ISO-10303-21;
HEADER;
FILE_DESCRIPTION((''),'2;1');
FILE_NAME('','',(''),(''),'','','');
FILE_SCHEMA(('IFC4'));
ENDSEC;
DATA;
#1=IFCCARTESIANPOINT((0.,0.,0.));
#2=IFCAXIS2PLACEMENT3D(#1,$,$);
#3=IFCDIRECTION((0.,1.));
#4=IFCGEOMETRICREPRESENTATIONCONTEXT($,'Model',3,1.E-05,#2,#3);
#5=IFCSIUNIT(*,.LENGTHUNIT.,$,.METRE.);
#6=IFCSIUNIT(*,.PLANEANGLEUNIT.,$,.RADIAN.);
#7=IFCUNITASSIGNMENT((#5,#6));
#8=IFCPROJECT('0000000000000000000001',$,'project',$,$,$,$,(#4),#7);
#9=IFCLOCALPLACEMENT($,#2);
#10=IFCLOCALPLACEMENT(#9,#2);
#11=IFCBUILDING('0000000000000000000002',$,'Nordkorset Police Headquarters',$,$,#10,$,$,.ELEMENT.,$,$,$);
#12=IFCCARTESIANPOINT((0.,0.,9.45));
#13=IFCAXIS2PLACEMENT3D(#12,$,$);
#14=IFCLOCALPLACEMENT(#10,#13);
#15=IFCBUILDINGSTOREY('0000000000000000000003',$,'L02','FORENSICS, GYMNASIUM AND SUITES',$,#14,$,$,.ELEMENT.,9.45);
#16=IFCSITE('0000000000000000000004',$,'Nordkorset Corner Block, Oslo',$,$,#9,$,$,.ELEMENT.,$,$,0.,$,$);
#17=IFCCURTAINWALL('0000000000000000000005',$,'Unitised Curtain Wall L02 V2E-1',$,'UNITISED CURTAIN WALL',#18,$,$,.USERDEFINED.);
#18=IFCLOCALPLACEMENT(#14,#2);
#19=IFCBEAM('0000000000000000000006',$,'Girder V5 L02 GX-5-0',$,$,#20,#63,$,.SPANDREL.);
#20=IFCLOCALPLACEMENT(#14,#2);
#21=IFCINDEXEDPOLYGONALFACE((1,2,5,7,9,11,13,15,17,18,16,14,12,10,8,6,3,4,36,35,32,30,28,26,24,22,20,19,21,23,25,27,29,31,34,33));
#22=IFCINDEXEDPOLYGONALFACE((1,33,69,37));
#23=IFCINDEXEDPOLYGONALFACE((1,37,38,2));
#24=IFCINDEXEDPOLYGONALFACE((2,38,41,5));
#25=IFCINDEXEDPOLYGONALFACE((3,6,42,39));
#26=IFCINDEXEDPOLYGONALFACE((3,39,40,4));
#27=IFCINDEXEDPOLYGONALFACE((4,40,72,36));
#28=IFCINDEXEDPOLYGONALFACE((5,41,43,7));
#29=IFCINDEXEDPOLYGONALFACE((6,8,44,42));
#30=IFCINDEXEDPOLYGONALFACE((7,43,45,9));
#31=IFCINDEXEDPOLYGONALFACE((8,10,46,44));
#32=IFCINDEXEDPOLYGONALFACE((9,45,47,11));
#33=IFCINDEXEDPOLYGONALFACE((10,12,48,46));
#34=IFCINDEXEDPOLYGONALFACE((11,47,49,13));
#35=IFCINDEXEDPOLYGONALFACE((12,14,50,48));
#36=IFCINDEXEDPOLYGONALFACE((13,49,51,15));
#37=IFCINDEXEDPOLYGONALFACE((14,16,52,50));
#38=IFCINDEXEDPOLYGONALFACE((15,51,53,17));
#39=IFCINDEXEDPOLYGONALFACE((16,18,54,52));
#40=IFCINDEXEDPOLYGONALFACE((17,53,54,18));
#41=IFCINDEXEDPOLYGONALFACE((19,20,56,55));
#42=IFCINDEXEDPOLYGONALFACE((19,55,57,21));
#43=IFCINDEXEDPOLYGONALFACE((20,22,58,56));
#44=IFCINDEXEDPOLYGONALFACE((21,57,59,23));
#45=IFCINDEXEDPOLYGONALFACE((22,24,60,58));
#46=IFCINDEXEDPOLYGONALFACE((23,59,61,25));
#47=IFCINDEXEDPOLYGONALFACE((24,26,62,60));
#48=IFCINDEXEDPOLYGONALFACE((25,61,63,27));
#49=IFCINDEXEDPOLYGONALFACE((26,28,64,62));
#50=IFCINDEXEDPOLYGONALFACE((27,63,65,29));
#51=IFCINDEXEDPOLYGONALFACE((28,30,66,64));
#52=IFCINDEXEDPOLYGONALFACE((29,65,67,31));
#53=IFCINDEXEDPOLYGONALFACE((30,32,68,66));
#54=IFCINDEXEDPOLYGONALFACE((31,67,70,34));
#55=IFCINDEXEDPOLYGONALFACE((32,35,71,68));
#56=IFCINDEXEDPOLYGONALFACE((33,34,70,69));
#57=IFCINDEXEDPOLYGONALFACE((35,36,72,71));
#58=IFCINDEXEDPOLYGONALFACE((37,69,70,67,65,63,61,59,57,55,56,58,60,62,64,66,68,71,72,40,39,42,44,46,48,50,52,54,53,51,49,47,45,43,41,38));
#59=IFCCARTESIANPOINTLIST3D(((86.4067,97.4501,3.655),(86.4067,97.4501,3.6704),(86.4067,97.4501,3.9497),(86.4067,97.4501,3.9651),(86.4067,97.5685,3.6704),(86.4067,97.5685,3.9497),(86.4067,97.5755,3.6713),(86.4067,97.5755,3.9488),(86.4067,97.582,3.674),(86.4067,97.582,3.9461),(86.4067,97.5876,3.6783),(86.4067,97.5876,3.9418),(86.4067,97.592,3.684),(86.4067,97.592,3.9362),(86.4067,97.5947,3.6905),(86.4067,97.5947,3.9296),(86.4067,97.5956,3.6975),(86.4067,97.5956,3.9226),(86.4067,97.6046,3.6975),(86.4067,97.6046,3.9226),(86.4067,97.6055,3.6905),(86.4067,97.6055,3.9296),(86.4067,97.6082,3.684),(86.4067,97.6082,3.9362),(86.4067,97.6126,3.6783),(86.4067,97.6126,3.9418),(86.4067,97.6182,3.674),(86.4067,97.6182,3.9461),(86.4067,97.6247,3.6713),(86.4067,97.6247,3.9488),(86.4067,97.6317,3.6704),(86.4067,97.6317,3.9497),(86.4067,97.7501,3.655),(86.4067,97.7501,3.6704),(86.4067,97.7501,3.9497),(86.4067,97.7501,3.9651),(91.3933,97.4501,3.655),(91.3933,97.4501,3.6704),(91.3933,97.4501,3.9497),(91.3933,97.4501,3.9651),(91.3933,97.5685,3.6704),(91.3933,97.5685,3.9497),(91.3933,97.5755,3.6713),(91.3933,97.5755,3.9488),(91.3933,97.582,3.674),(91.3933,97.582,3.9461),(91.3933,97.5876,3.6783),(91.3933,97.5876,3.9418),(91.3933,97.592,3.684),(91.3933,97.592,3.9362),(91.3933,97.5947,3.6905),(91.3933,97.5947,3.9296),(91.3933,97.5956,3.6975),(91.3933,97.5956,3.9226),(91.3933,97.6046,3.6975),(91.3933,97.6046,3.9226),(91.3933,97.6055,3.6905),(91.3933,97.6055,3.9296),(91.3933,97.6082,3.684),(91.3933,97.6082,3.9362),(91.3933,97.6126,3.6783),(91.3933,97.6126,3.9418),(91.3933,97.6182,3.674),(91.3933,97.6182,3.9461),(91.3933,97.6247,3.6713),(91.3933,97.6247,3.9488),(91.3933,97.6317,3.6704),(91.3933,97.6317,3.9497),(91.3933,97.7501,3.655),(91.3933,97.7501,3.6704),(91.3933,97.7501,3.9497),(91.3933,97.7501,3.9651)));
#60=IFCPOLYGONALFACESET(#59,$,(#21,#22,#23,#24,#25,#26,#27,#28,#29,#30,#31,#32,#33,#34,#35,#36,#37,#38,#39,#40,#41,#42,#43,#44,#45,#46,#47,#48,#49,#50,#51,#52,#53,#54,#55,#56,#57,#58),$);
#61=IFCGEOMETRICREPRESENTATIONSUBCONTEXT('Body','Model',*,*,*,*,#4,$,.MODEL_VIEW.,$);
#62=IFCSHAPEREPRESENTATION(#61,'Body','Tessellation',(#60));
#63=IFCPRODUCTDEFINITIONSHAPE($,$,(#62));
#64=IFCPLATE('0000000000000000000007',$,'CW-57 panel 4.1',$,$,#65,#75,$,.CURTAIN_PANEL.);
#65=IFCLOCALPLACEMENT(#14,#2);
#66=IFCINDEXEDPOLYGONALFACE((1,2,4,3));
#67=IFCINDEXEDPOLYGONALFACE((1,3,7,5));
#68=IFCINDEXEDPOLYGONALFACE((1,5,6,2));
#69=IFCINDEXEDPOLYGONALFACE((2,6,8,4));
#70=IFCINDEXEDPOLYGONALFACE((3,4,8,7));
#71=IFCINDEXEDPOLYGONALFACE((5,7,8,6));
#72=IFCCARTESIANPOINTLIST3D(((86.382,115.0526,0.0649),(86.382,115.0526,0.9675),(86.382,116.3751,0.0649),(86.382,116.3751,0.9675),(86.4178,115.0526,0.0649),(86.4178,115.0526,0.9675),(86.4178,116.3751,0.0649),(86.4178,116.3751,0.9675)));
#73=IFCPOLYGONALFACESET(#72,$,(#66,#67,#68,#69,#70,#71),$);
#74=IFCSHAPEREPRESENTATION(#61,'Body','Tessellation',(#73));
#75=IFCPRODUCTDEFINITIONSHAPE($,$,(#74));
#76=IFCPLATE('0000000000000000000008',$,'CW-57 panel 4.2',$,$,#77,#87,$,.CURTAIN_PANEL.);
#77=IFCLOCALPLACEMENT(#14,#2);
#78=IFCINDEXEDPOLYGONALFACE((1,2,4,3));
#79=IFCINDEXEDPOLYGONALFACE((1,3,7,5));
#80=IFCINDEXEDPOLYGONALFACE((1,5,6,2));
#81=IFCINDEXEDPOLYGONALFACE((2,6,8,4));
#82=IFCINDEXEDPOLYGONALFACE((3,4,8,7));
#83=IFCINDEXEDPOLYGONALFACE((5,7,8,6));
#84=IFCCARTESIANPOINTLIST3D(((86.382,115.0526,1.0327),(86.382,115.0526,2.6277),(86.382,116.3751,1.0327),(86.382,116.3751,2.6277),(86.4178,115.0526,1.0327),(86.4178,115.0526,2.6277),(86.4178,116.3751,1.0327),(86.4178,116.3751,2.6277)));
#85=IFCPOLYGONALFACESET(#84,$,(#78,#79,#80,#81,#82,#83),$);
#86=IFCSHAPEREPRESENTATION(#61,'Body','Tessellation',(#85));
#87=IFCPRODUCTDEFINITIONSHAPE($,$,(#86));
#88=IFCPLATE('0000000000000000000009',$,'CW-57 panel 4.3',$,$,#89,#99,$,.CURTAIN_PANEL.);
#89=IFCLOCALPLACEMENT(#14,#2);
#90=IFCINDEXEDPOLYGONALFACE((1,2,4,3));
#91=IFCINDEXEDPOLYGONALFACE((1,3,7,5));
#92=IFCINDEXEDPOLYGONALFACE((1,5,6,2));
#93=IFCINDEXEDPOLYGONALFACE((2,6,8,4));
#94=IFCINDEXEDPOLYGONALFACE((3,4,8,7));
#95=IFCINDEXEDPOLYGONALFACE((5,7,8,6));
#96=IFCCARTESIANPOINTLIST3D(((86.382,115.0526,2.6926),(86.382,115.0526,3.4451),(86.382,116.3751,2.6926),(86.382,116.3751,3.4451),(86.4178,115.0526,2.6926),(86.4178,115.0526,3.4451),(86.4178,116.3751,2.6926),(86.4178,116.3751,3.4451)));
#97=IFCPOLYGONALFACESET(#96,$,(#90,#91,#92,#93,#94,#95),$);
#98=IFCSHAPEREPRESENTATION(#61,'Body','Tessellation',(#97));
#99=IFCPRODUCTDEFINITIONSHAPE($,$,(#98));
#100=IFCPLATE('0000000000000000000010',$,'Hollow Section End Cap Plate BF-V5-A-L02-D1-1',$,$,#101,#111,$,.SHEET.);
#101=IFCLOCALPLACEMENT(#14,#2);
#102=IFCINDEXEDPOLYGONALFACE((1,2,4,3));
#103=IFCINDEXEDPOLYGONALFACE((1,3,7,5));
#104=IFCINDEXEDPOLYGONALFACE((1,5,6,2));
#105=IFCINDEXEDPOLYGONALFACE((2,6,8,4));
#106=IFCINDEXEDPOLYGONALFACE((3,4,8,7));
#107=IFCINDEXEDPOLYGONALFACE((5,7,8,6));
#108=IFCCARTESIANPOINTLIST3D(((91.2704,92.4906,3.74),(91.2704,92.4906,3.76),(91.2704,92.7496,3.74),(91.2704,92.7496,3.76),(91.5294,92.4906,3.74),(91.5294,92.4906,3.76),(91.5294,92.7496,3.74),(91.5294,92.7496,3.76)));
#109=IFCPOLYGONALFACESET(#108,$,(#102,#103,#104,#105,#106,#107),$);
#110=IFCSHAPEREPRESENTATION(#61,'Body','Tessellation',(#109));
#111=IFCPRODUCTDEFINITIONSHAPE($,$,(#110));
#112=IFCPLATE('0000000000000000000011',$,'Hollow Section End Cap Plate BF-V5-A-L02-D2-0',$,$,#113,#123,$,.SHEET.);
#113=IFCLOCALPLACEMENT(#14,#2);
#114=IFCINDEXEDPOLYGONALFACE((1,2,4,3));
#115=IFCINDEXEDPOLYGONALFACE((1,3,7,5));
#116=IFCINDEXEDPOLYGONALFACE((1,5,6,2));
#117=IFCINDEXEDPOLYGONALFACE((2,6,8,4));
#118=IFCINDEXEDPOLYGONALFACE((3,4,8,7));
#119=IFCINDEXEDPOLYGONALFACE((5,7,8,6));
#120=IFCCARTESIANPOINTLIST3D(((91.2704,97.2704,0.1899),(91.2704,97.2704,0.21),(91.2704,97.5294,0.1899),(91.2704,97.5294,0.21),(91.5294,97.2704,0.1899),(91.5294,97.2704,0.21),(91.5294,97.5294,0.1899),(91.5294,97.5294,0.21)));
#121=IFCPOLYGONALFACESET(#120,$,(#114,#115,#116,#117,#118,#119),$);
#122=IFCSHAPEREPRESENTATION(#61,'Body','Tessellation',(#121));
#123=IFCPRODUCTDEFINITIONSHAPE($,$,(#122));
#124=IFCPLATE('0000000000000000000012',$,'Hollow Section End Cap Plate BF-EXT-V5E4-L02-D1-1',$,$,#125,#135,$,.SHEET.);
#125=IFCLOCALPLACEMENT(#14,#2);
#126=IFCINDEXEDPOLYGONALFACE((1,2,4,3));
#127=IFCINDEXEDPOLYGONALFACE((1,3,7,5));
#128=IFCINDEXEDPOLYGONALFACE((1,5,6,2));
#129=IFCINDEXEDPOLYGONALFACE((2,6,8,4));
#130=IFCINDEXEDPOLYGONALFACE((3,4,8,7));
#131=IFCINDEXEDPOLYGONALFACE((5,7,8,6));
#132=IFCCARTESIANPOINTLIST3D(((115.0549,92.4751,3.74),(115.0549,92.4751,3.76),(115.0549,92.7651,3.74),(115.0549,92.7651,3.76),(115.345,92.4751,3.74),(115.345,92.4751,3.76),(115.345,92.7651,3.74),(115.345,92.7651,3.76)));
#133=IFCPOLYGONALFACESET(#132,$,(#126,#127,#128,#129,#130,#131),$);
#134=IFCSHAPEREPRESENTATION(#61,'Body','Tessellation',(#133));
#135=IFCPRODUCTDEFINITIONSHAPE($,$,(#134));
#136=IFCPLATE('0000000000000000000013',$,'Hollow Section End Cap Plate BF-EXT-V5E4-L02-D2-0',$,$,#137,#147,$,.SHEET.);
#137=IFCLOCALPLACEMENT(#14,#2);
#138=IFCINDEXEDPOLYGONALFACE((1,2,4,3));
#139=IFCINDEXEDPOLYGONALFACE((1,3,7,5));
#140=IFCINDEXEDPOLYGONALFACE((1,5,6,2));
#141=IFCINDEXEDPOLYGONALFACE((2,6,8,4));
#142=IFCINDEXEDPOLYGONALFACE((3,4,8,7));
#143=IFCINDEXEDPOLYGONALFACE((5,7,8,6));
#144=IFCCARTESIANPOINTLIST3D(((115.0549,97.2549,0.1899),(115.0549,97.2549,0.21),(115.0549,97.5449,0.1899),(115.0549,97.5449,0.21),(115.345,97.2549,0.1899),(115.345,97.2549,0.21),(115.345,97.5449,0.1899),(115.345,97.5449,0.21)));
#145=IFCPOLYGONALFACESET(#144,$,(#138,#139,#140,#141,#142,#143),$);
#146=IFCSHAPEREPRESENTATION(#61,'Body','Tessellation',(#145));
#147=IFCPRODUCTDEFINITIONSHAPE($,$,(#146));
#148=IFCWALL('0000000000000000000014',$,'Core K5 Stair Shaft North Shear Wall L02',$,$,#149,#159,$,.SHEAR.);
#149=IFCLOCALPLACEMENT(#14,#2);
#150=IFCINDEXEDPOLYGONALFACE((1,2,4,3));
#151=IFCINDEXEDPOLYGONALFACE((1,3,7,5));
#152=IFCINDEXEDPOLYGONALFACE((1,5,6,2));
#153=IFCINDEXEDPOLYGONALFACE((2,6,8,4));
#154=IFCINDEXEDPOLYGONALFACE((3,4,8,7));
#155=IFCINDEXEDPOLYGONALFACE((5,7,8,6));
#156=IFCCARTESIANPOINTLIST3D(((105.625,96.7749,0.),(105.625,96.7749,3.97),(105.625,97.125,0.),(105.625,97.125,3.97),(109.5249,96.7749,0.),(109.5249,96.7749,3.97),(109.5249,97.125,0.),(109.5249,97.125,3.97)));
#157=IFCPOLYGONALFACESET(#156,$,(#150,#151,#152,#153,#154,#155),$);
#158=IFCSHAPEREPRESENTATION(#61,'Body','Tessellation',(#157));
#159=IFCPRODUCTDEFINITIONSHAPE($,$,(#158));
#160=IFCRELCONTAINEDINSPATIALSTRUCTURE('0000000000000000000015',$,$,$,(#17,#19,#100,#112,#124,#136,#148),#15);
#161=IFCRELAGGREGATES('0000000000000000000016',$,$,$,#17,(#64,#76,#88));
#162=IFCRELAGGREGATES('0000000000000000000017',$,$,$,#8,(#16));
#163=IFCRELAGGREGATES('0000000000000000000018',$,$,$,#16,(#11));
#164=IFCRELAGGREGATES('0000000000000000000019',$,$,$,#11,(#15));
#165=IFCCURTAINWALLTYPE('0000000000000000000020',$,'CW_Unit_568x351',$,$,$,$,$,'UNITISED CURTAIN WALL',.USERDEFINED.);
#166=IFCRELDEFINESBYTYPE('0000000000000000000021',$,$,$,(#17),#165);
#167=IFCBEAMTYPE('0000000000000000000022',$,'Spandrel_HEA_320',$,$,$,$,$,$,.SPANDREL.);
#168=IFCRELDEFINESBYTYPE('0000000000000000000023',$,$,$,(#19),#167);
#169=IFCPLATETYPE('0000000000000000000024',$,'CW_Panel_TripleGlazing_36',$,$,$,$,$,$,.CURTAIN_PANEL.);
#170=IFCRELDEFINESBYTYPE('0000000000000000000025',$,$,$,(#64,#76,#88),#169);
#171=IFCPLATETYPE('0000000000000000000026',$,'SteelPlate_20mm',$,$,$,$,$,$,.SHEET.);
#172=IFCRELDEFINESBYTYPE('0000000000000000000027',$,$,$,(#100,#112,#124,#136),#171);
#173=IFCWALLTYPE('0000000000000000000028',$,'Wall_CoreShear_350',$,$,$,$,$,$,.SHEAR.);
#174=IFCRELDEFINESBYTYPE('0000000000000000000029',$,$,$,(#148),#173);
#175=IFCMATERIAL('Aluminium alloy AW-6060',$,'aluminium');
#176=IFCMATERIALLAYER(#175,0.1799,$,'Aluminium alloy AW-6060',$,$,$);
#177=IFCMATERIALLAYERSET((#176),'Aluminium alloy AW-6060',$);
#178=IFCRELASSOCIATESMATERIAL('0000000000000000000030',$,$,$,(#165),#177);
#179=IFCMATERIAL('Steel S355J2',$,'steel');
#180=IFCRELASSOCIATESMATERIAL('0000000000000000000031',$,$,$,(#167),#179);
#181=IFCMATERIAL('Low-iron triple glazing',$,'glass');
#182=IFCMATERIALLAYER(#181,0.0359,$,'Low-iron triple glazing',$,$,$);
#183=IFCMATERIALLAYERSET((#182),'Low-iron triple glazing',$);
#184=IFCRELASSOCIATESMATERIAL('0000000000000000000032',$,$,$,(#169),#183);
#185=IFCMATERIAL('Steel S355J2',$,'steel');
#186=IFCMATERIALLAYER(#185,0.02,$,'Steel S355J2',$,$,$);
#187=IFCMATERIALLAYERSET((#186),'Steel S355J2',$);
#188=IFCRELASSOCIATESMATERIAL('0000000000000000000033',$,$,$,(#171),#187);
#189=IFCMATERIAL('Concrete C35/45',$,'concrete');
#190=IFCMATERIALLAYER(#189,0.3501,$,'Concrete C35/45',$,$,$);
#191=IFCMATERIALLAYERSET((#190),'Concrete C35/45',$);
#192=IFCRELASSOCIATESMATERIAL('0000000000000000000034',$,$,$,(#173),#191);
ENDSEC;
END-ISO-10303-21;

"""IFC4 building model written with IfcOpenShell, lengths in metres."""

from ifc_helpers import new_model, si_unit, direction, frame, frame_2d, origin, origin_2d, place, context, subcontext, project, spatial, rectangle, i_section, extrude, material, layer, layer_set, material_profile, profile_set, type_object, element, aggregate, save


model = new_model("IFC4")

# Units and contexts
model_context = context("Model", 3, precision=1e-05, world=origin(), true_north=direction((0.0, 1.0)))
body_context = subcontext(model_context, "Body", "Model", "MODEL_VIEW")
ifc_project = project(units=[si_unit("LENGTHUNIT", "METRE"), si_unit("PLANEANGLEUNIT", "RADIAN")], contexts=[model_context])

# Site, building, storey
site_placement = place(None, origin())
site = spatial("IfcSite", under=ifc_project, at=site_placement, Name="Nordkorset Corner Block, Oslo", CompositionType="ELEMENT", RefElevation=0.0)
building_placement = place(site_placement, origin())
building = spatial("IfcBuilding", under=site, at=building_placement, Name="Nordkorset Police Headquarters", CompositionType="ELEMENT")
storey_placement = place(building_placement, frame((0.0, 0.0, 9.45)))
storey = spatial("IfcBuildingStorey", under=building, at=storey_placement, Name="L02", Description="FORENSICS, GYMNASIUM AND SUITES", CompositionType="ELEMENT", Elevation=9.45)

# Curtain wall
ifc_material_1 = material(Name="Aluminium alloy AW-6060", Category="aluminium")
ifc_layer_1 = layer(ifc_material_1, 0.1799, Name="Aluminium alloy AW-6060")
ifc_layer_set_1 = layer_set([ifc_layer_1], Name="Aluminium alloy AW-6060")
curtain_wall_type = type_object("IfcCurtainWallType", Name="CW_Unit_568x351", ElementType="UNITISED CURTAIN WALL", PredefinedType="USERDEFINED", material=ifc_layer_set_1)
curtain_wall_placement = place(storey_placement, origin())
curtain_wall = element("IfcCurtainWall", 1, at=curtain_wall_placement, inside=storey, type_object=curtain_wall_type, Name="Unitised Curtain Wall L02 V2E-1", ObjectType="UNITISED CURTAIN WALL", PredefinedType="USERDEFINED")

# Beam
ifc_material_2 = material(Name="Steel S355J2", Category="steel")
ifc_material_profile_1 = material_profile(ifc_material_2, i_section(OverallWidth=0.3, OverallDepth=0.3101, WebThickness=0.009, FlangeThickness=0.0154, FilletRadius=0.0271, at=origin_2d()), Name="HEA 320")
ifc_profile_set_1 = profile_set([ifc_material_profile_1], Name="Steel S355J2")
beam_type_1 = type_object("IfcBeamType", Name="Spandrel_HEA_320", PredefinedType="SPANDREL", material=ifc_profile_set_1)
beam_1_placement = place(storey_placement, frame((86.4067, 97.6001, 3.8101), z_axis=(1.0, 0.0, 0.0), x_axis=(0.0, 1.0, 0.0)))
element("IfcBeam", 2, at=beam_1_placement, inside=storey, type_object=beam_type_1, Name="Girder V5 L02 GX-5-0", PredefinedType="SPANDREL", context=body_context, shape_type="SweptSolid", body=[
    extrude(i_section(OverallWidth=0.3, OverallDepth=0.3101, WebThickness=0.009, FlangeThickness=0.0154, FilletRadius=0.0271, at=origin_2d()), origin(), (0.0, 0.0, 1.0), 4.9866),
])

# Plates
ifc_material_3 = material(Name="Low-iron triple glazing", Category="glass")
ifc_layer_2 = layer(ifc_material_3, 0.0359, Name="Low-iron triple glazing")
ifc_layer_set_2 = layer_set([ifc_layer_2], Name="Low-iron triple glazing")
plate_type_1 = type_object("IfcPlateType", Name="CW_Panel_TripleGlazing_36", PredefinedType="CURTAIN_PANEL", material=ifc_layer_set_2)
plate_1_placement = place(storey_placement, frame((86.3999, 115.7139, 0.0649), z_axis=(0.0, 0.0, 1.0), x_axis=(0.0, 1.0, 0.0)))
plate_1 = element("IfcPlate", 3, at=plate_1_placement, type_object=plate_type_1, Name="CW-57 panel 4.1", PredefinedType="CURTAIN_PANEL", context=body_context, shape_type="SweptSolid", body=[
    extrude(rectangle(XDim=1.3225, YDim=0.0359, at=origin_2d()), origin(), (0.0, 0.0, 1.0), 0.9026),
])
plate_2_placement = place(storey_placement, frame((86.3999, 115.7139, 1.0327), z_axis=(0.0, 0.0, 1.0), x_axis=(0.0, 1.0, 0.0)))
plate_2 = element("IfcPlate", 4, at=plate_2_placement, type_object=plate_type_1, Name="CW-57 panel 4.2", PredefinedType="CURTAIN_PANEL", context=body_context, shape_type="SweptSolid", body=[
    extrude(rectangle(XDim=1.3225, YDim=0.0359, at=origin_2d()), origin(), (0.0, 0.0, 1.0), 1.595),
])
plate_3_placement = place(storey_placement, frame((86.3999, 115.7139, 2.6926), z_axis=(0.0, 0.0, 1.0), x_axis=(0.0, 1.0, 0.0)))
plate_3 = element("IfcPlate", 5, at=plate_3_placement, type_object=plate_type_1, Name="CW-57 panel 4.3", PredefinedType="CURTAIN_PANEL", context=body_context, shape_type="SweptSolid", body=[
    extrude(rectangle(XDim=1.3225, YDim=0.0359, at=origin_2d()), origin(), (0.0, 0.0, 1.0), 0.7524),
])
aggregate(curtain_wall, [plate_1, plate_2, plate_3])

# Plates
ifc_material_4 = material(Name="Steel S355J2", Category="steel")
ifc_layer_3 = layer(ifc_material_4, 0.02, Name="Steel S355J2")
ifc_layer_set_3 = layer_set([ifc_layer_3], Name="Steel S355J2")
plate_type_2 = type_object("IfcPlateType", Name="SteelPlate_20mm", PredefinedType="SHEET", material=ifc_layer_set_3)
for number, where, z_axis, x_axis, name in (
    (6, (91.3999, 92.6201, 3.74), (0.0, 0.0, 1.0), (1.0, 0.0, 0.0), "Hollow Section End Cap Plate BF-V5-A-L02-D1-1"),
    (7, (91.3999, 97.3999, 0.1899), (0.0, 0.0, 1.0), (1.0, 0.0, 0.0), "Hollow Section End Cap Plate BF-V5-A-L02-D2-0"),
):
    element("IfcPlate", number, at=place(storey_placement, frame(where, z_axis=z_axis, x_axis=x_axis)), inside=storey, type_object=plate_type_2, Name=name, PredefinedType="SHEET", context=body_context, shape_type="SweptSolid", body=[
        extrude(rectangle(XDim=0.259, YDim=0.259, at=origin_2d()), origin(), (0.0, 0.0, 1.0), 0.02),
    ])
for number, where, z_axis, x_axis, name in (
    (8, (115.2, 92.6201, 3.74), (0.0, 0.0, 1.0), (1.0, 0.0, 0.0), "Hollow Section End Cap Plate BF-EXT-V5E4-L02-D1-1"),
    (9, (115.2, 97.3999, 0.1899), (0.0, 0.0, 1.0), (1.0, 0.0, 0.0), "Hollow Section End Cap Plate BF-EXT-V5E4-L02-D2-0"),
):
    element("IfcPlate", number, at=place(storey_placement, frame(where, z_axis=z_axis, x_axis=x_axis)), inside=storey, type_object=plate_type_2, Name=name, PredefinedType="SHEET", context=body_context, shape_type="SweptSolid", body=[
        extrude(rectangle(XDim=0.29, YDim=0.29, at=origin_2d()), origin(), (0.0, 0.0, 1.0), 0.02),
    ])

# Wall
ifc_material_5 = material(Name="Concrete C35/45", Category="concrete")
ifc_layer_4 = layer(ifc_material_5, 0.3501, Name="Concrete C35/45")
ifc_layer_set_4 = layer_set([ifc_layer_4], Name="Concrete C35/45")
wall_type_1 = type_object("IfcWallType", Name="Wall_CoreShear_350", PredefinedType="SHEAR", material=ifc_layer_set_4)
wall_1_placement = place(storey_placement, frame((105.625, 96.95, 0.0), z_axis=(0.0, 0.0, 1.0), x_axis=(1.0, 0.0, 0.0)))
element("IfcWall", 10, at=wall_1_placement, inside=storey, type_object=wall_type_1, Name="Core K5 Stair Shaft North Shear Wall L02", PredefinedType="SHEAR", context=body_context, shape_type="SweptSolid", body=[
    extrude(rectangle(XDim=3.8999, YDim=0.3501, at=frame_2d((1.95, 0.0))), origin(), (0.0, 0.0, 1.0), 3.97),
])

save(model, "model.ifc")
